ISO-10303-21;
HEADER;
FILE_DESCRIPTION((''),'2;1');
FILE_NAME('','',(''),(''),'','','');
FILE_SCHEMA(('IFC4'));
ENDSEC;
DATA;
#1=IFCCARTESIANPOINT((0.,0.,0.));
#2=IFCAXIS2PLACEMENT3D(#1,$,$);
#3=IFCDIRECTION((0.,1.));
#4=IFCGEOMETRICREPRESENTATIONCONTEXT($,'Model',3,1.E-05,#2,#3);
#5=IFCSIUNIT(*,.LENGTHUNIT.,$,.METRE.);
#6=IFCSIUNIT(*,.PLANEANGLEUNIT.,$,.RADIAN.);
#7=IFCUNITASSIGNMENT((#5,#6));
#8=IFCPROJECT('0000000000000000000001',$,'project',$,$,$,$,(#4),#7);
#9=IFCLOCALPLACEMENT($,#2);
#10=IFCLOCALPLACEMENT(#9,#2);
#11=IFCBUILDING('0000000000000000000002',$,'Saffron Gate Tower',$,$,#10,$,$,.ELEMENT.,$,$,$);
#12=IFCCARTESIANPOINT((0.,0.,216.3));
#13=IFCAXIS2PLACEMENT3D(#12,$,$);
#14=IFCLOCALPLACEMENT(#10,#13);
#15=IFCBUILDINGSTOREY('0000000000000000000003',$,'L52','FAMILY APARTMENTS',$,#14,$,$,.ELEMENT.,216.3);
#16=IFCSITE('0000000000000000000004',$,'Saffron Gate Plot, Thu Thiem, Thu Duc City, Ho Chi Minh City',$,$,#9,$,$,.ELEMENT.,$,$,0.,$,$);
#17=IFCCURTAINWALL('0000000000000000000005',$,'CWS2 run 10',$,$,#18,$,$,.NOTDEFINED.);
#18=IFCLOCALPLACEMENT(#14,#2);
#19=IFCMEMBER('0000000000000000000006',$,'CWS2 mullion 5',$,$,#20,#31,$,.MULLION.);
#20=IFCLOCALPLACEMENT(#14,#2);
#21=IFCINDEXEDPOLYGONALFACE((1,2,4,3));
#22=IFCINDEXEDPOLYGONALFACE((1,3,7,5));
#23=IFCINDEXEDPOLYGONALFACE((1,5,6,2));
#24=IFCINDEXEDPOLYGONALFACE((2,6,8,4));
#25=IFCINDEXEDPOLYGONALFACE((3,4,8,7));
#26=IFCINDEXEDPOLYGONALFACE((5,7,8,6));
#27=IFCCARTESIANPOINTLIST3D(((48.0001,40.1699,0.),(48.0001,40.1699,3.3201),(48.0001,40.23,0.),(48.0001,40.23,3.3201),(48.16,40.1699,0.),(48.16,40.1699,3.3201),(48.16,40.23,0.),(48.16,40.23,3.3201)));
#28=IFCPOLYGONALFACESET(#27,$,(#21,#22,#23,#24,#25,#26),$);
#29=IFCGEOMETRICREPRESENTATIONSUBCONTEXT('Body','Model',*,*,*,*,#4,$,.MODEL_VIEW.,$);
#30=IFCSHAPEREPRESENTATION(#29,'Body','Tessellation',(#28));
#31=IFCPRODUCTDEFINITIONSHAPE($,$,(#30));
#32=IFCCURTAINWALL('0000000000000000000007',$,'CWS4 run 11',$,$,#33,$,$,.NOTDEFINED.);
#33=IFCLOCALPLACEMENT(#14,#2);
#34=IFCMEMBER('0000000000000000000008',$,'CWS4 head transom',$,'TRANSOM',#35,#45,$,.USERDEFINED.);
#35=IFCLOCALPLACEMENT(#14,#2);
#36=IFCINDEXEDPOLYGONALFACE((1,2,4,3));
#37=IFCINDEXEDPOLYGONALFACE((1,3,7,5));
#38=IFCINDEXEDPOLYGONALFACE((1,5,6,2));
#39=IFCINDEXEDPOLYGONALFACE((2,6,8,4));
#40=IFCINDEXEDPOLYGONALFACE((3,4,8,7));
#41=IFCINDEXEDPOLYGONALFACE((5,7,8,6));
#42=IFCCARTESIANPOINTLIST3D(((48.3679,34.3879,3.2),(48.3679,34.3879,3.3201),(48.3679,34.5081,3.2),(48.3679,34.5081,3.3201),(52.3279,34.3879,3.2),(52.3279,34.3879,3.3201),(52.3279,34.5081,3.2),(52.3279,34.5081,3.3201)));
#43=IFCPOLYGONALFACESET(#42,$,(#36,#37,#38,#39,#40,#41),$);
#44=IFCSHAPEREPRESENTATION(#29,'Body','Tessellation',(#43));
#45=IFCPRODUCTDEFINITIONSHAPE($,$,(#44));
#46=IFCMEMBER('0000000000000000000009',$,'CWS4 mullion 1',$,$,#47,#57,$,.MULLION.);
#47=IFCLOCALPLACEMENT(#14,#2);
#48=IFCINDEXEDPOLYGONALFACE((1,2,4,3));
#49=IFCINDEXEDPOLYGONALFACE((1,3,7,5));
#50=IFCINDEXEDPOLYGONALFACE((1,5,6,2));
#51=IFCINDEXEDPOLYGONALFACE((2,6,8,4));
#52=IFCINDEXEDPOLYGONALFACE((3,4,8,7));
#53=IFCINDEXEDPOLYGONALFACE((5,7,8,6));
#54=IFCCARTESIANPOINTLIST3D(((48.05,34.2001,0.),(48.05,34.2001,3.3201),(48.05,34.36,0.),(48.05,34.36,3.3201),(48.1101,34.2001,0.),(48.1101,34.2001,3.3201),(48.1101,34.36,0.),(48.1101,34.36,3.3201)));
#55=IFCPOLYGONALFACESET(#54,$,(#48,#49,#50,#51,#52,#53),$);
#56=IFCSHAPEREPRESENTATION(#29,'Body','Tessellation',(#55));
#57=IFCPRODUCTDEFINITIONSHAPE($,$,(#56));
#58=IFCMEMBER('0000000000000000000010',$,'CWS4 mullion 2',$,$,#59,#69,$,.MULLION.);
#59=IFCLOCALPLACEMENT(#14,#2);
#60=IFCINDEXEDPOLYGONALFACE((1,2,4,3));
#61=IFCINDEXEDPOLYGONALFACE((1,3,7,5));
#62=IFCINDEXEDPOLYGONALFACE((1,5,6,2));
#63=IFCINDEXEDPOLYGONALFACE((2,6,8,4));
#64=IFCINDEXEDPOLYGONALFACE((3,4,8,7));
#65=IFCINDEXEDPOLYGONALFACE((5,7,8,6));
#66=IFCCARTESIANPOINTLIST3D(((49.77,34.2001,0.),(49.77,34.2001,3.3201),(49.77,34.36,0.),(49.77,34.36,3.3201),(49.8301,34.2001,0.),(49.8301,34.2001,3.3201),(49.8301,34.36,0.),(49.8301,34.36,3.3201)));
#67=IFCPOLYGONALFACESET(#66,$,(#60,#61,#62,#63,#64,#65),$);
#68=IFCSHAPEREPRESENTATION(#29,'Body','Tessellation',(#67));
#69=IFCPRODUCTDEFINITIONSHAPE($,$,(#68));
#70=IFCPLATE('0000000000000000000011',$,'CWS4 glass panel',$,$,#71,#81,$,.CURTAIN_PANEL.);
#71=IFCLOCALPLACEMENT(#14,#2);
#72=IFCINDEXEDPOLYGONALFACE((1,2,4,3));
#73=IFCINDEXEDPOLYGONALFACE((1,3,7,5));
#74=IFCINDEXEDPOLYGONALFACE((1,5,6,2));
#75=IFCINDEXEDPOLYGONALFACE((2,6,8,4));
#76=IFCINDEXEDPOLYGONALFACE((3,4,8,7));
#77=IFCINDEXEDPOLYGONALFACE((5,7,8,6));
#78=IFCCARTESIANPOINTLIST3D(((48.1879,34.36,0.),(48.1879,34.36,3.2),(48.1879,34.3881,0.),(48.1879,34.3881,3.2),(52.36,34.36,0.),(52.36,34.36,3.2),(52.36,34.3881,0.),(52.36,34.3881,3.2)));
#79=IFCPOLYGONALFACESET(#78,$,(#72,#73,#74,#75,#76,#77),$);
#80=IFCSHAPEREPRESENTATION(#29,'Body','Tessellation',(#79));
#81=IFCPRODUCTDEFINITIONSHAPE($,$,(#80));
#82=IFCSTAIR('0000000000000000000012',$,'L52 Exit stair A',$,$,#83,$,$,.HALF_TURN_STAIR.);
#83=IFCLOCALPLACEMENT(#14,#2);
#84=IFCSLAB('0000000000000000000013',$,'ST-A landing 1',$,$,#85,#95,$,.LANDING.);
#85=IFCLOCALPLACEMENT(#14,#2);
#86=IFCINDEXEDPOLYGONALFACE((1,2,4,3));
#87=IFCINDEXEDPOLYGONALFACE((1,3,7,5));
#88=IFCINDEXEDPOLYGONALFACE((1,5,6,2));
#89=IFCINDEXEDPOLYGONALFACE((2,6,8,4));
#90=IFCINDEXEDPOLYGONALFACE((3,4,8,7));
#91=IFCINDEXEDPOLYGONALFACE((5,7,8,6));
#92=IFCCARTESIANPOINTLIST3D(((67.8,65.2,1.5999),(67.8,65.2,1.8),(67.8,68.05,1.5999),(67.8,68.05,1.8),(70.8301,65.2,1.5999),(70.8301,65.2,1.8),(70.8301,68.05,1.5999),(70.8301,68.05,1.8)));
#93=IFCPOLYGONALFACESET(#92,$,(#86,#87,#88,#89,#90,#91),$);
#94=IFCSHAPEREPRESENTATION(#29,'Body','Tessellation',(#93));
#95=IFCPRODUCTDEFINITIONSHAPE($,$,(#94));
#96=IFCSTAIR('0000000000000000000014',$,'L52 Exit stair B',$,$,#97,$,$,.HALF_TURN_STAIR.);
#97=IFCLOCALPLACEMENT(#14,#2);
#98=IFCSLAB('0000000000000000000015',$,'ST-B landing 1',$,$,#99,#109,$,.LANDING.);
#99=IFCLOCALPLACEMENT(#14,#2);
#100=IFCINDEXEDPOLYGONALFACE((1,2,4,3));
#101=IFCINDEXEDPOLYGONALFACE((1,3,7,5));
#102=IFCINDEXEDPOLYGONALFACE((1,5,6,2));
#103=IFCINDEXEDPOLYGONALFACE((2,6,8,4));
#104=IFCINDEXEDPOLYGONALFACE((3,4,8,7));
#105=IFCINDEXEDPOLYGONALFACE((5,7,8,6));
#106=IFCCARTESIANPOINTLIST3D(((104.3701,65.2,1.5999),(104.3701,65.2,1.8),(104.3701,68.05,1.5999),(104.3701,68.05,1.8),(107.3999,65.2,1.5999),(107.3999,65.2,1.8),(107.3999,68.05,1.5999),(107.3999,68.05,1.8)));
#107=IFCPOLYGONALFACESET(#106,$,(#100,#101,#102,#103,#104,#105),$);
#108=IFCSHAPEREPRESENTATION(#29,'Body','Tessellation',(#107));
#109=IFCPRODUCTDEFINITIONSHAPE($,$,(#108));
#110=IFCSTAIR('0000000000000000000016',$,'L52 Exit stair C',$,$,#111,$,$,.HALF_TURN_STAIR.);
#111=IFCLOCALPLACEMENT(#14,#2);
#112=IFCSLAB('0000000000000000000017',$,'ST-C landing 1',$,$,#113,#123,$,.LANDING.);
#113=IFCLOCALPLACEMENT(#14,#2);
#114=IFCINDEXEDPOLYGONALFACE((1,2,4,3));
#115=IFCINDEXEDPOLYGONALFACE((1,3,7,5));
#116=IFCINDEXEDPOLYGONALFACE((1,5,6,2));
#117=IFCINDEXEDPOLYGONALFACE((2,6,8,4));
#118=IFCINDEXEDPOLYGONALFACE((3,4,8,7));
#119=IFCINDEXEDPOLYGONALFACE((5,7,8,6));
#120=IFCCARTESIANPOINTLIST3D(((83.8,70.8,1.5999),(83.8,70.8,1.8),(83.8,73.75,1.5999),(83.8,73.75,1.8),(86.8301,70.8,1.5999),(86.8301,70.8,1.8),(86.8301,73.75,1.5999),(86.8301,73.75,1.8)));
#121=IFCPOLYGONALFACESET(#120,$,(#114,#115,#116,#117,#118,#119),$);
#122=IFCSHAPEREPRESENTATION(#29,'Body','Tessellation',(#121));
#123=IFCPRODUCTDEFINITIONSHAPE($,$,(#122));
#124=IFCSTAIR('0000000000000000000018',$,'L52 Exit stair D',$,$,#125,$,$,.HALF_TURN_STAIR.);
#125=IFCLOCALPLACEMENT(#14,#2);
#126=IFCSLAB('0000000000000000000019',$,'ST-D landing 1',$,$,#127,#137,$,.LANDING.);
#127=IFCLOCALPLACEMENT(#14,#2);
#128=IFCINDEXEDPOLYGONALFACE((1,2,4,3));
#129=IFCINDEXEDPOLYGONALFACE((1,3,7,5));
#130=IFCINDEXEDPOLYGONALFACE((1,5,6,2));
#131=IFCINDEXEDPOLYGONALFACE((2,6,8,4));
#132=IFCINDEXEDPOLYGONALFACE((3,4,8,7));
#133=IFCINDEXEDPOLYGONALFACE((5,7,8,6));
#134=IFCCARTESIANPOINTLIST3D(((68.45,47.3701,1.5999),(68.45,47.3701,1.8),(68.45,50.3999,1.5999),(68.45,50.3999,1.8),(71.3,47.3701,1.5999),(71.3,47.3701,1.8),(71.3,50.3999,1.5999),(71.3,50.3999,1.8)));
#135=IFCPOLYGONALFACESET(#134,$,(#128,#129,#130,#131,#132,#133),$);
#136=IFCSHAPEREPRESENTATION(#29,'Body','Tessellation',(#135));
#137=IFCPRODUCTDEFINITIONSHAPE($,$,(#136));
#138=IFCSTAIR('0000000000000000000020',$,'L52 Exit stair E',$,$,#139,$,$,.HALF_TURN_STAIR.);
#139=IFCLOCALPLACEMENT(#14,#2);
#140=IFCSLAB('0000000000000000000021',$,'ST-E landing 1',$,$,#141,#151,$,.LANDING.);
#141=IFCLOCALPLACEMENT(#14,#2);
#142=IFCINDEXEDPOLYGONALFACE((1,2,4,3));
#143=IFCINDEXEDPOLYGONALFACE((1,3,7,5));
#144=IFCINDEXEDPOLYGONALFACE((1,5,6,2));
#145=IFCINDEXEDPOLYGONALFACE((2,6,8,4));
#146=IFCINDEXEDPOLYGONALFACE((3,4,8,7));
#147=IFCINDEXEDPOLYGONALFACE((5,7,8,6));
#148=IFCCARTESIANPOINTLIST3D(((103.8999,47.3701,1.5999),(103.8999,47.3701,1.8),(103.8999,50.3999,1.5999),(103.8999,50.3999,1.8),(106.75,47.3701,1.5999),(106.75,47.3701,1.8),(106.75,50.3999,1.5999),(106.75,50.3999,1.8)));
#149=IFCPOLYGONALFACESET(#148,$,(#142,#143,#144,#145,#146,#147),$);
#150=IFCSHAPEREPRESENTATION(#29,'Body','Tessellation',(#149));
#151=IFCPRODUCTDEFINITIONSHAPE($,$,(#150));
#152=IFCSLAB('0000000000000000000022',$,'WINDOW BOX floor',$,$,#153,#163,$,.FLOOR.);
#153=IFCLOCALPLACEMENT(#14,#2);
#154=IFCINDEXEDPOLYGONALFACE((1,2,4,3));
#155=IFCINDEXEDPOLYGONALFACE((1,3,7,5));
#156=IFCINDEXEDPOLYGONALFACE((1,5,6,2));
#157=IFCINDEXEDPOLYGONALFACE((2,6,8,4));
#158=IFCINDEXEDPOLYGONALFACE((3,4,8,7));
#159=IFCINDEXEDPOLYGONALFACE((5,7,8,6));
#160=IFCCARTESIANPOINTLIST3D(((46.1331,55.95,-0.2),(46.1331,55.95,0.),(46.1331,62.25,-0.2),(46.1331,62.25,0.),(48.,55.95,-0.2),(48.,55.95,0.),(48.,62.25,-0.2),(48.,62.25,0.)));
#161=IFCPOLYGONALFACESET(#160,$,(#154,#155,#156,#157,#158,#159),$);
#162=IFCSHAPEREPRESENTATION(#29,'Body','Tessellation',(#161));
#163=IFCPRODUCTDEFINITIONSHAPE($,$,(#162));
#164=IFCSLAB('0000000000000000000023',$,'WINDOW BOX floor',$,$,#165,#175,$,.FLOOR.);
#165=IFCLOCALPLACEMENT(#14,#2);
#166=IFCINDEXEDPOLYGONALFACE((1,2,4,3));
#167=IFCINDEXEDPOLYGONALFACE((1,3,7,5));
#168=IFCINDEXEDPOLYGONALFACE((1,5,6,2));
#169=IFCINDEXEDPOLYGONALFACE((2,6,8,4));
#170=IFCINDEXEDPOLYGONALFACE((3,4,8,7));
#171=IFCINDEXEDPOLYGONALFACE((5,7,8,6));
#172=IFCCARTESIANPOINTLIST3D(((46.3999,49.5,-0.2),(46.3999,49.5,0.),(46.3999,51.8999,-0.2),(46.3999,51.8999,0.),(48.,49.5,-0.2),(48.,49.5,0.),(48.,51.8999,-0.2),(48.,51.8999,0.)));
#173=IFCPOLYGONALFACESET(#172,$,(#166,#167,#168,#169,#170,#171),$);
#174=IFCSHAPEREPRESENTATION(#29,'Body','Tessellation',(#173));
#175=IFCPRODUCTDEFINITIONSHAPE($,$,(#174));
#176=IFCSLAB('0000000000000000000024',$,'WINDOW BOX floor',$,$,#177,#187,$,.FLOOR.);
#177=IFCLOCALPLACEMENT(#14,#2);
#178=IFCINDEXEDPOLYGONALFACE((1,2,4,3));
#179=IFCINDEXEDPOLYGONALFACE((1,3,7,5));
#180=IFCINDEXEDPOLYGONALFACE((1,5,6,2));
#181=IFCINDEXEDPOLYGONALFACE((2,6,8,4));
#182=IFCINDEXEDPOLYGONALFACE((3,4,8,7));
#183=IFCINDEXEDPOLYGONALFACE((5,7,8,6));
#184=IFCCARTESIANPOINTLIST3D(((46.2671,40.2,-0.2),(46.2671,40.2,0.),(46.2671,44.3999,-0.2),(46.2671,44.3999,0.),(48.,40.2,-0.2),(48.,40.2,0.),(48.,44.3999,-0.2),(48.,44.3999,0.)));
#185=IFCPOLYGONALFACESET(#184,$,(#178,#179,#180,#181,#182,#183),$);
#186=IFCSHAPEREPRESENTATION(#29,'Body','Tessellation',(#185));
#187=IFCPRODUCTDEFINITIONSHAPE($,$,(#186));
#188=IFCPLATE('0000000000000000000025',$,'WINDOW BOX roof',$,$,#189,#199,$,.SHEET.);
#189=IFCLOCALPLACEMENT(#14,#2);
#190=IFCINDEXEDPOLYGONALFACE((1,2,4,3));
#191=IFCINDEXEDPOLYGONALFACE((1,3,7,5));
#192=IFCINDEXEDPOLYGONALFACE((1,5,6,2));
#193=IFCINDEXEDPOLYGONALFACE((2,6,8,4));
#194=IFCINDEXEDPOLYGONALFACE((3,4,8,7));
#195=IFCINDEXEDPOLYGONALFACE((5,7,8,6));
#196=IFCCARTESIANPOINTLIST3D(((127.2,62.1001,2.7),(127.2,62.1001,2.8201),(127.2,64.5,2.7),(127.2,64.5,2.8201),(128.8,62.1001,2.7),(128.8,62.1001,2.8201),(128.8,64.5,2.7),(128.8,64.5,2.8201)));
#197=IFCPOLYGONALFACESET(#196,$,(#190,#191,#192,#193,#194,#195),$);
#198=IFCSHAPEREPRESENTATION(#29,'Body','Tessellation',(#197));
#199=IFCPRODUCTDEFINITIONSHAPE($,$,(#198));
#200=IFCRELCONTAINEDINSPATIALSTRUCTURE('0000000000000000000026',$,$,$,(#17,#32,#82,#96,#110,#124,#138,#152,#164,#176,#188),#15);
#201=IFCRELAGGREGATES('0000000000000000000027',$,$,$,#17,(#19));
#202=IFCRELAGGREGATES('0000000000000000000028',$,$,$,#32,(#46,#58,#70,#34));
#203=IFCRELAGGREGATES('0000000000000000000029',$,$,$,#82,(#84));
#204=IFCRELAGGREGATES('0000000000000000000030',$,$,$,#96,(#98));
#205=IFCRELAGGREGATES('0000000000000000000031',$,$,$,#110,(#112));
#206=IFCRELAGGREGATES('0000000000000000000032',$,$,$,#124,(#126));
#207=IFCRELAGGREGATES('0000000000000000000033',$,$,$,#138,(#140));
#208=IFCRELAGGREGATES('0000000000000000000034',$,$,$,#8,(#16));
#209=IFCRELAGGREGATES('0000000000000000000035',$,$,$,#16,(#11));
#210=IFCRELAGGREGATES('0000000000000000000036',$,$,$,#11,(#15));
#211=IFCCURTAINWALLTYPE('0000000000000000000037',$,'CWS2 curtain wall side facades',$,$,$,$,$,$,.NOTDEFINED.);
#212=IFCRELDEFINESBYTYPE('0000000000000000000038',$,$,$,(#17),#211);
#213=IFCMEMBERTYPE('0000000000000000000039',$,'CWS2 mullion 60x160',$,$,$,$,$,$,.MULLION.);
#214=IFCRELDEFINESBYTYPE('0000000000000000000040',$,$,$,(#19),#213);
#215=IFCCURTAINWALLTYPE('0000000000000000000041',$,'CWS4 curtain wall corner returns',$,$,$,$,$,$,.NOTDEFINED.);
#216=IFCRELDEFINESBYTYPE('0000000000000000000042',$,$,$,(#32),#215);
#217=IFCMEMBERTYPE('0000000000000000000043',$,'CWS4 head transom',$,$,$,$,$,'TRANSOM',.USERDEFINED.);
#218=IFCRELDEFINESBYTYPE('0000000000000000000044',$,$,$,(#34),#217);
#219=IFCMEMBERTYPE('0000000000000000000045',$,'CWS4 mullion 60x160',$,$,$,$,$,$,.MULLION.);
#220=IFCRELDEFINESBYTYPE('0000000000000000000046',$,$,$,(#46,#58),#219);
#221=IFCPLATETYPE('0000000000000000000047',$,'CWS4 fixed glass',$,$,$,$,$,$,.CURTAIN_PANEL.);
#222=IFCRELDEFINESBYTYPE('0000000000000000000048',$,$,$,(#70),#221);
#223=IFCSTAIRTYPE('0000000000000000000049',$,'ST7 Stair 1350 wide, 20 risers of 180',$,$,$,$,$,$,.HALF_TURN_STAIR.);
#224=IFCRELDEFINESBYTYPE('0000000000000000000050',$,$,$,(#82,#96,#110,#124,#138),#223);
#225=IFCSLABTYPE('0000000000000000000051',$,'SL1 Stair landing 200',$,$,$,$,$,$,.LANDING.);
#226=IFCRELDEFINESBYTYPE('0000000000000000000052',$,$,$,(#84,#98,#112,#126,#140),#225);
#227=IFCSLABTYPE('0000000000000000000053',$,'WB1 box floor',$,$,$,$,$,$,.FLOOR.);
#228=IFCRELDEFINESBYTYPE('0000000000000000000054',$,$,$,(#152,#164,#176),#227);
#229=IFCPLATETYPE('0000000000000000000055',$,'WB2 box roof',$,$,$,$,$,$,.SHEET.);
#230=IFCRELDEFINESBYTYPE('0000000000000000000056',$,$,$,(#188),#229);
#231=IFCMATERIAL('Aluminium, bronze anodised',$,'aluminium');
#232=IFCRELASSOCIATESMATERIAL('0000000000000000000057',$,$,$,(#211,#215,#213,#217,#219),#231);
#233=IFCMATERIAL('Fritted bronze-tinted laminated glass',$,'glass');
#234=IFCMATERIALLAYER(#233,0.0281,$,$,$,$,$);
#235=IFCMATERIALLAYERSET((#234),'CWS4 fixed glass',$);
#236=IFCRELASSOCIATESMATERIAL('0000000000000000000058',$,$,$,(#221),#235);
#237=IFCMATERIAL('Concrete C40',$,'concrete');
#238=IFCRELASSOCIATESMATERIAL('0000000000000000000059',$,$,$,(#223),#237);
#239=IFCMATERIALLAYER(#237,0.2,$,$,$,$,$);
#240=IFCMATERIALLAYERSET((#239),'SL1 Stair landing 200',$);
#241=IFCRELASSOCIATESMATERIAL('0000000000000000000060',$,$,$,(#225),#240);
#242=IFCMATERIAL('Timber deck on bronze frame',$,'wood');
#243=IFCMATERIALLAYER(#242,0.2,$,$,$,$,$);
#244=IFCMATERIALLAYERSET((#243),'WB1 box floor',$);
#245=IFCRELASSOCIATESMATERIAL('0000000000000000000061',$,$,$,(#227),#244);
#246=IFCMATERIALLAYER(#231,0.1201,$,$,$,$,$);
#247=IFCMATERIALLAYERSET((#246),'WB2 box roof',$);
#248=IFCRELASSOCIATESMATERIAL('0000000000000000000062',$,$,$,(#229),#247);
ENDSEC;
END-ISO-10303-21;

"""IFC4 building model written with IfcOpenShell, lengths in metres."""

from ifc_helpers import new_model, si_unit, direction, frame, frame_2d, origin, origin_2d, place, context, subcontext, project, spatial, polyline, rectangle, outline, extrude, material, layer, layer_set, material_profile, profile_set, type_object, element, aggregate, save


model = new_model("IFC4")

# Units and contexts
model_context = context("Model", 3, precision=1e-05, world=origin(), true_north=direction((0.0, 1.0)))
body_context = subcontext(model_context, "Body", "Model", "MODEL_VIEW")
ifc_project = project(units=[si_unit("LENGTHUNIT", "METRE"), si_unit("PLANEANGLEUNIT", "RADIAN")], contexts=[model_context])

# Site, building, storey
site_placement = place(None, origin())
site = spatial("IfcSite", under=ifc_project, at=site_placement, Name="Saffron Gate Plot, Thu Thiem, Thu Duc City, Ho Chi Minh City", CompositionType="ELEMENT", RefElevation=0.0)
building_placement = place(site_placement, origin())
building = spatial("IfcBuilding", under=site, at=building_placement, Name="Saffron Gate Tower", CompositionType="ELEMENT")
storey_placement = place(building_placement, frame((0.0, 0.0, 216.3)))
storey = spatial("IfcBuildingStorey", under=building, at=storey_placement, Name="L52", Description="FAMILY APARTMENTS", CompositionType="ELEMENT", Elevation=216.3)

# Curtain wall, member
ifc_material_1 = material(Name="Aluminium, bronze anodised", Category="aluminium")
curtain_wall_type_1 = type_object("IfcCurtainWallType", Name="CWS2 curtain wall side facades", PredefinedType="NOTDEFINED", material=ifc_material_1)
curtain_wall_1_placement = place(storey_placement, origin())
curtain_wall_1 = element("IfcCurtainWall", 1, at=curtain_wall_1_placement, inside=storey, type_object=curtain_wall_type_1, Name="CWS2 run 10", PredefinedType="NOTDEFINED")
ifc_material_profile_1 = material_profile(ifc_material_1, rectangle(XDim=0.1599, YDim=0.0601, at=origin_2d()))
ifc_profile_set_1 = profile_set([ifc_material_profile_1], Name="Aluminium, bronze anodised")
member_type_1 = type_object("IfcMemberType", Name="CWS2 mullion 60x160", PredefinedType="MULLION", material=ifc_profile_set_1)
member_1_placement = place(storey_placement, frame((48.0801, 40.2, 0.0), z_axis=(0.0, 0.0, 1.0), x_axis=(1.0, 0.0, 0.0)))
member_1 = element("IfcMember", 2, at=member_1_placement, type_object=member_type_1, Name="CWS2 mullion 5", PredefinedType="MULLION", context=body_context, shape_type="SweptSolid", body=[
    extrude(rectangle(XDim=0.1599, YDim=0.0601, at=origin_2d()), origin(), (0.0, 0.0, 1.0), 3.3201),
])
aggregate(curtain_wall_1, [member_1])

# Curtain wall, members, plate
curtain_wall_type_2 = type_object("IfcCurtainWallType", Name="CWS4 curtain wall corner returns", PredefinedType="NOTDEFINED", material=ifc_material_1)
curtain_wall_2_placement = place(storey_placement, origin())
curtain_wall_2 = element("IfcCurtainWall", 3, at=curtain_wall_2_placement, inside=storey, type_object=curtain_wall_type_2, Name="CWS4 run 11", PredefinedType="NOTDEFINED")
ifc_material_profile_2 = material_profile(ifc_material_1, rectangle(XDim=0.1201, YDim=0.1201, at=origin_2d()))
ifc_profile_set_2 = profile_set([ifc_material_profile_2], Name="Aluminium, bronze anodised")
member_type_2 = type_object("IfcMemberType", Name="CWS4 head transom", ElementType="TRANSOM", PredefinedType="USERDEFINED", material=ifc_profile_set_2)
member_2_placement = place(storey_placement, frame((48.3679, 34.448, 3.26), z_axis=(1.0, 0.0, 0.0), x_axis=(0.0, 1.0, 0.0)))
member_2 = element("IfcMember", 4, at=member_2_placement, type_object=member_type_2, Name="CWS4 head transom", ObjectType="TRANSOM", PredefinedType="USERDEFINED", context=body_context, shape_type="SweptSolid", body=[
    extrude(rectangle(XDim=0.1201, YDim=0.1201, at=origin_2d()), origin(), (0.0, 0.0, 1.0), 3.96),
])
ifc_material_profile_3 = material_profile(ifc_material_1, rectangle(XDim=0.1599, YDim=0.0601, at=origin_2d()))
ifc_profile_set_3 = profile_set([ifc_material_profile_3], Name="Aluminium, bronze anodised")
member_type_3 = type_object("IfcMemberType", Name="CWS4 mullion 60x160", PredefinedType="MULLION", material=ifc_profile_set_3)
member_3_placement = place(storey_placement, frame((48.0801, 34.28, 0.0), z_axis=(0.0, 0.0, 1.0), x_axis=(0.0, 1.0, 0.0)))
member_3 = element("IfcMember", 5, at=member_3_placement, type_object=member_type_3, Name="CWS4 mullion 1", PredefinedType="MULLION", context=body_context, shape_type="SweptSolid", body=[
    extrude(rectangle(XDim=0.1599, YDim=0.0601, at=origin_2d()), origin(), (0.0, 0.0, 1.0), 3.3201),
])
member_4_placement = place(storey_placement, frame((49.8, 34.28, 0.0), z_axis=(0.0, 0.0, 1.0), x_axis=(0.0, 1.0, 0.0)))
member_4 = element("IfcMember", 6, at=member_4_placement, type_object=member_type_3, Name="CWS4 mullion 2", PredefinedType="MULLION", context=body_context, shape_type="SweptSolid", body=[
    extrude(rectangle(XDim=0.1599, YDim=0.0601, at=origin_2d()), origin(), (0.0, 0.0, 1.0), 3.3201),
])
ifc_material_2 = material(Name="Fritted bronze-tinted laminated glass", Category="glass")
ifc_layer_1 = layer(ifc_material_2, 0.0281)
ifc_layer_set_1 = layer_set([ifc_layer_1], Name="CWS4 fixed glass")
plate_type_1 = type_object("IfcPlateType", Name="CWS4 fixed glass", PredefinedType="CURTAIN_PANEL", material=ifc_layer_set_1)
plate_1_placement = place(storey_placement, frame((48.188, 34.374, 0.0), z_axis=(0.0, 0.0, 1.0), x_axis=(1.0, 0.0, 0.0)))
plate_1 = element("IfcPlate", 7, at=plate_1_placement, type_object=plate_type_1, Name="CWS4 glass panel", PredefinedType="CURTAIN_PANEL", context=body_context, shape_type="SweptSolid", body=[
    extrude(rectangle(XDim=4.1721, YDim=0.0281, at=frame_2d((2.0859, 0.0))), origin(), (0.0, 0.0, 1.0), 3.2),
])
aggregate(curtain_wall_2, [member_3, member_4, plate_1, member_2])

# Stairs, slabs
ifc_material_3 = material(Name="Concrete C40", Category="concrete")
stair_type = type_object("IfcStairType", Name="ST7 Stair 1350 wide, 20 risers of 180", PredefinedType="HALF_TURN_STAIR", material=ifc_material_3)
stair_1_placement = place(storey_placement, origin())
stair_1 = element("IfcStair", 8, at=stair_1_placement, inside=storey, type_object=stair_type, Name="L52 Exit stair A", PredefinedType="HALF_TURN_STAIR")
ifc_layer_2 = layer(ifc_material_3, 0.2)
ifc_layer_set_2 = layer_set([ifc_layer_2], Name="SL1 Stair landing 200")
slab_type_1 = type_object("IfcSlabType", Name="SL1 Stair landing 200", PredefinedType="LANDING", material=ifc_layer_set_2)
slab_1_placement = place(storey_placement, frame((0.0, 0.0, 1.5999)))
slab_1 = element("IfcSlab", 9, at=slab_1_placement, type_object=slab_type_1, Name="ST-A landing 1", PredefinedType="LANDING", context=body_context, shape_type="SweptSolid", body=[
    extrude(outline(polyline([(70.8301, 68.05), (67.8, 68.05), (67.8, 65.2), (70.8301, 65.2), (70.8301, 68.05)])), origin(), (0.0, 0.0, 1.0), 0.2002),
])
aggregate(stair_1, [slab_1])
stair_2_placement = place(storey_placement, origin())
stair_2 = element("IfcStair", 10, at=stair_2_placement, inside=storey, type_object=stair_type, Name="L52 Exit stair B", PredefinedType="HALF_TURN_STAIR")
slab_2_placement = place(storey_placement, frame((0.0, 0.0, 1.5999)))
slab_2 = element("IfcSlab", 11, at=slab_2_placement, type_object=slab_type_1, Name="ST-B landing 1", PredefinedType="LANDING", context=body_context, shape_type="SweptSolid", body=[
    extrude(outline(polyline([(104.3701, 65.2), (107.3999, 65.2), (107.3999, 68.05), (104.3701, 68.05), (104.3701, 65.2)])), origin(), (0.0, 0.0, 1.0), 0.2002),
])
aggregate(stair_2, [slab_2])
stair_3_placement = place(storey_placement, origin())
stair_3 = element("IfcStair", 12, at=stair_3_placement, inside=storey, type_object=stair_type, Name="L52 Exit stair C", PredefinedType="HALF_TURN_STAIR")
slab_3_placement = place(storey_placement, frame((0.0, 0.0, 1.5999)))
slab_3 = element("IfcSlab", 13, at=slab_3_placement, type_object=slab_type_1, Name="ST-C landing 1", PredefinedType="LANDING", context=body_context, shape_type="SweptSolid", body=[
    extrude(outline(polyline([(86.8301, 73.75), (83.8, 73.75), (83.8, 70.8), (86.8301, 70.8), (86.8301, 73.75)])), origin(), (0.0, 0.0, 1.0), 0.2002),
])
aggregate(stair_3, [slab_3])
stair_4_placement = place(storey_placement, origin())
stair_4 = element("IfcStair", 14, at=stair_4_placement, inside=storey, type_object=stair_type, Name="L52 Exit stair D", PredefinedType="HALF_TURN_STAIR")
slab_4_placement = place(storey_placement, frame((0.0, 0.0, 1.5999)))
slab_4 = element("IfcSlab", 15, at=slab_4_placement, type_object=slab_type_1, Name="ST-D landing 1", PredefinedType="LANDING", context=body_context, shape_type="SweptSolid", body=[
    extrude(outline(polyline([(71.3, 47.3701), (71.3, 50.3999), (68.45, 50.3999), (68.45, 47.3701), (71.3, 47.3701)])), origin(), (0.0, 0.0, 1.0), 0.2002),
])
aggregate(stair_4, [slab_4])
stair_5_placement = place(storey_placement, origin())
stair_5 = element("IfcStair", 16, at=stair_5_placement, inside=storey, type_object=stair_type, Name="L52 Exit stair E", PredefinedType="HALF_TURN_STAIR")
slab_5_placement = place(storey_placement, frame((0.0, 0.0, 1.5999)))
slab_5 = element("IfcSlab", 17, at=slab_5_placement, type_object=slab_type_1, Name="ST-E landing 1", PredefinedType="LANDING", context=body_context, shape_type="SweptSolid", body=[
    extrude(outline(polyline([(106.75, 47.3701), (106.75, 50.3999), (103.8999, 50.3999), (103.8999, 47.3701), (106.75, 47.3701)])), origin(), (0.0, 0.0, 1.0), 0.2002),
])
aggregate(stair_5, [slab_5])

# Slabs
ifc_material_4 = material(Name="Timber deck on bronze frame", Category="wood")
ifc_layer_3 = layer(ifc_material_4, 0.2)
ifc_layer_set_3 = layer_set([ifc_layer_3], Name="WB1 box floor")
slab_type_2 = type_object("IfcSlabType", Name="WB1 box floor", PredefinedType="FLOOR", material=ifc_layer_set_3)
slab_6_placement = place(storey_placement, frame((0.0, 0.0, -0.2)))
element("IfcSlab", 18, at=slab_6_placement, inside=storey, type_object=slab_type_2, Name="WINDOW BOX floor", PredefinedType="FLOOR", context=body_context, shape_type="SweptSolid", body=[
    extrude(outline(polyline([(48.0, 62.25), (48.0, 55.95), (46.1331, 55.95), (46.1331, 62.25), (48.0, 62.25)])), origin(), (0.0, 0.0, 1.0), 0.2),
])
slab_7_placement = place(storey_placement, frame((0.0, 0.0, -0.2)))
element("IfcSlab", 19, at=slab_7_placement, inside=storey, type_object=slab_type_2, Name="WINDOW BOX floor", PredefinedType="FLOOR", context=body_context, shape_type="SweptSolid", body=[
    extrude(outline(polyline([(48.0, 51.8999), (48.0, 49.5), (46.3999, 49.5), (46.3999, 51.8999), (48.0, 51.8999)])), origin(), (0.0, 0.0, 1.0), 0.2),
])
slab_8_placement = place(storey_placement, frame((0.0, 0.0, -0.2)))
element("IfcSlab", 20, at=slab_8_placement, inside=storey, type_object=slab_type_2, Name="WINDOW BOX floor", PredefinedType="FLOOR", context=body_context, shape_type="SweptSolid", body=[
    extrude(outline(polyline([(48.0, 44.3999), (48.0, 40.2), (46.2671, 40.2), (46.2671, 44.3999), (48.0, 44.3999)])), origin(), (0.0, 0.0, 1.0), 0.2),
])

# Plate
ifc_layer_4 = layer(ifc_material_1, 0.1201)
ifc_layer_set_4 = layer_set([ifc_layer_4], Name="WB2 box roof")
plate_type_2 = type_object("IfcPlateType", Name="WB2 box roof", PredefinedType="SHEET", material=ifc_layer_set_4)
plate_2_placement = place(storey_placement, frame((0.0, 0.0, 2.7)))
element("IfcPlate", 21, at=plate_2_placement, inside=storey, type_object=plate_type_2, Name="WINDOW BOX roof", PredefinedType="SHEET", context=body_context, shape_type="SweptSolid", body=[
    extrude(outline(polyline([(127.2, 62.1001), (127.2, 64.5), (128.8, 64.5), (128.8, 62.1001), (127.2, 62.1001)])), origin(), (0.0, 0.0, 1.0), 0.1201),
])

save(model, "model.ifc")
